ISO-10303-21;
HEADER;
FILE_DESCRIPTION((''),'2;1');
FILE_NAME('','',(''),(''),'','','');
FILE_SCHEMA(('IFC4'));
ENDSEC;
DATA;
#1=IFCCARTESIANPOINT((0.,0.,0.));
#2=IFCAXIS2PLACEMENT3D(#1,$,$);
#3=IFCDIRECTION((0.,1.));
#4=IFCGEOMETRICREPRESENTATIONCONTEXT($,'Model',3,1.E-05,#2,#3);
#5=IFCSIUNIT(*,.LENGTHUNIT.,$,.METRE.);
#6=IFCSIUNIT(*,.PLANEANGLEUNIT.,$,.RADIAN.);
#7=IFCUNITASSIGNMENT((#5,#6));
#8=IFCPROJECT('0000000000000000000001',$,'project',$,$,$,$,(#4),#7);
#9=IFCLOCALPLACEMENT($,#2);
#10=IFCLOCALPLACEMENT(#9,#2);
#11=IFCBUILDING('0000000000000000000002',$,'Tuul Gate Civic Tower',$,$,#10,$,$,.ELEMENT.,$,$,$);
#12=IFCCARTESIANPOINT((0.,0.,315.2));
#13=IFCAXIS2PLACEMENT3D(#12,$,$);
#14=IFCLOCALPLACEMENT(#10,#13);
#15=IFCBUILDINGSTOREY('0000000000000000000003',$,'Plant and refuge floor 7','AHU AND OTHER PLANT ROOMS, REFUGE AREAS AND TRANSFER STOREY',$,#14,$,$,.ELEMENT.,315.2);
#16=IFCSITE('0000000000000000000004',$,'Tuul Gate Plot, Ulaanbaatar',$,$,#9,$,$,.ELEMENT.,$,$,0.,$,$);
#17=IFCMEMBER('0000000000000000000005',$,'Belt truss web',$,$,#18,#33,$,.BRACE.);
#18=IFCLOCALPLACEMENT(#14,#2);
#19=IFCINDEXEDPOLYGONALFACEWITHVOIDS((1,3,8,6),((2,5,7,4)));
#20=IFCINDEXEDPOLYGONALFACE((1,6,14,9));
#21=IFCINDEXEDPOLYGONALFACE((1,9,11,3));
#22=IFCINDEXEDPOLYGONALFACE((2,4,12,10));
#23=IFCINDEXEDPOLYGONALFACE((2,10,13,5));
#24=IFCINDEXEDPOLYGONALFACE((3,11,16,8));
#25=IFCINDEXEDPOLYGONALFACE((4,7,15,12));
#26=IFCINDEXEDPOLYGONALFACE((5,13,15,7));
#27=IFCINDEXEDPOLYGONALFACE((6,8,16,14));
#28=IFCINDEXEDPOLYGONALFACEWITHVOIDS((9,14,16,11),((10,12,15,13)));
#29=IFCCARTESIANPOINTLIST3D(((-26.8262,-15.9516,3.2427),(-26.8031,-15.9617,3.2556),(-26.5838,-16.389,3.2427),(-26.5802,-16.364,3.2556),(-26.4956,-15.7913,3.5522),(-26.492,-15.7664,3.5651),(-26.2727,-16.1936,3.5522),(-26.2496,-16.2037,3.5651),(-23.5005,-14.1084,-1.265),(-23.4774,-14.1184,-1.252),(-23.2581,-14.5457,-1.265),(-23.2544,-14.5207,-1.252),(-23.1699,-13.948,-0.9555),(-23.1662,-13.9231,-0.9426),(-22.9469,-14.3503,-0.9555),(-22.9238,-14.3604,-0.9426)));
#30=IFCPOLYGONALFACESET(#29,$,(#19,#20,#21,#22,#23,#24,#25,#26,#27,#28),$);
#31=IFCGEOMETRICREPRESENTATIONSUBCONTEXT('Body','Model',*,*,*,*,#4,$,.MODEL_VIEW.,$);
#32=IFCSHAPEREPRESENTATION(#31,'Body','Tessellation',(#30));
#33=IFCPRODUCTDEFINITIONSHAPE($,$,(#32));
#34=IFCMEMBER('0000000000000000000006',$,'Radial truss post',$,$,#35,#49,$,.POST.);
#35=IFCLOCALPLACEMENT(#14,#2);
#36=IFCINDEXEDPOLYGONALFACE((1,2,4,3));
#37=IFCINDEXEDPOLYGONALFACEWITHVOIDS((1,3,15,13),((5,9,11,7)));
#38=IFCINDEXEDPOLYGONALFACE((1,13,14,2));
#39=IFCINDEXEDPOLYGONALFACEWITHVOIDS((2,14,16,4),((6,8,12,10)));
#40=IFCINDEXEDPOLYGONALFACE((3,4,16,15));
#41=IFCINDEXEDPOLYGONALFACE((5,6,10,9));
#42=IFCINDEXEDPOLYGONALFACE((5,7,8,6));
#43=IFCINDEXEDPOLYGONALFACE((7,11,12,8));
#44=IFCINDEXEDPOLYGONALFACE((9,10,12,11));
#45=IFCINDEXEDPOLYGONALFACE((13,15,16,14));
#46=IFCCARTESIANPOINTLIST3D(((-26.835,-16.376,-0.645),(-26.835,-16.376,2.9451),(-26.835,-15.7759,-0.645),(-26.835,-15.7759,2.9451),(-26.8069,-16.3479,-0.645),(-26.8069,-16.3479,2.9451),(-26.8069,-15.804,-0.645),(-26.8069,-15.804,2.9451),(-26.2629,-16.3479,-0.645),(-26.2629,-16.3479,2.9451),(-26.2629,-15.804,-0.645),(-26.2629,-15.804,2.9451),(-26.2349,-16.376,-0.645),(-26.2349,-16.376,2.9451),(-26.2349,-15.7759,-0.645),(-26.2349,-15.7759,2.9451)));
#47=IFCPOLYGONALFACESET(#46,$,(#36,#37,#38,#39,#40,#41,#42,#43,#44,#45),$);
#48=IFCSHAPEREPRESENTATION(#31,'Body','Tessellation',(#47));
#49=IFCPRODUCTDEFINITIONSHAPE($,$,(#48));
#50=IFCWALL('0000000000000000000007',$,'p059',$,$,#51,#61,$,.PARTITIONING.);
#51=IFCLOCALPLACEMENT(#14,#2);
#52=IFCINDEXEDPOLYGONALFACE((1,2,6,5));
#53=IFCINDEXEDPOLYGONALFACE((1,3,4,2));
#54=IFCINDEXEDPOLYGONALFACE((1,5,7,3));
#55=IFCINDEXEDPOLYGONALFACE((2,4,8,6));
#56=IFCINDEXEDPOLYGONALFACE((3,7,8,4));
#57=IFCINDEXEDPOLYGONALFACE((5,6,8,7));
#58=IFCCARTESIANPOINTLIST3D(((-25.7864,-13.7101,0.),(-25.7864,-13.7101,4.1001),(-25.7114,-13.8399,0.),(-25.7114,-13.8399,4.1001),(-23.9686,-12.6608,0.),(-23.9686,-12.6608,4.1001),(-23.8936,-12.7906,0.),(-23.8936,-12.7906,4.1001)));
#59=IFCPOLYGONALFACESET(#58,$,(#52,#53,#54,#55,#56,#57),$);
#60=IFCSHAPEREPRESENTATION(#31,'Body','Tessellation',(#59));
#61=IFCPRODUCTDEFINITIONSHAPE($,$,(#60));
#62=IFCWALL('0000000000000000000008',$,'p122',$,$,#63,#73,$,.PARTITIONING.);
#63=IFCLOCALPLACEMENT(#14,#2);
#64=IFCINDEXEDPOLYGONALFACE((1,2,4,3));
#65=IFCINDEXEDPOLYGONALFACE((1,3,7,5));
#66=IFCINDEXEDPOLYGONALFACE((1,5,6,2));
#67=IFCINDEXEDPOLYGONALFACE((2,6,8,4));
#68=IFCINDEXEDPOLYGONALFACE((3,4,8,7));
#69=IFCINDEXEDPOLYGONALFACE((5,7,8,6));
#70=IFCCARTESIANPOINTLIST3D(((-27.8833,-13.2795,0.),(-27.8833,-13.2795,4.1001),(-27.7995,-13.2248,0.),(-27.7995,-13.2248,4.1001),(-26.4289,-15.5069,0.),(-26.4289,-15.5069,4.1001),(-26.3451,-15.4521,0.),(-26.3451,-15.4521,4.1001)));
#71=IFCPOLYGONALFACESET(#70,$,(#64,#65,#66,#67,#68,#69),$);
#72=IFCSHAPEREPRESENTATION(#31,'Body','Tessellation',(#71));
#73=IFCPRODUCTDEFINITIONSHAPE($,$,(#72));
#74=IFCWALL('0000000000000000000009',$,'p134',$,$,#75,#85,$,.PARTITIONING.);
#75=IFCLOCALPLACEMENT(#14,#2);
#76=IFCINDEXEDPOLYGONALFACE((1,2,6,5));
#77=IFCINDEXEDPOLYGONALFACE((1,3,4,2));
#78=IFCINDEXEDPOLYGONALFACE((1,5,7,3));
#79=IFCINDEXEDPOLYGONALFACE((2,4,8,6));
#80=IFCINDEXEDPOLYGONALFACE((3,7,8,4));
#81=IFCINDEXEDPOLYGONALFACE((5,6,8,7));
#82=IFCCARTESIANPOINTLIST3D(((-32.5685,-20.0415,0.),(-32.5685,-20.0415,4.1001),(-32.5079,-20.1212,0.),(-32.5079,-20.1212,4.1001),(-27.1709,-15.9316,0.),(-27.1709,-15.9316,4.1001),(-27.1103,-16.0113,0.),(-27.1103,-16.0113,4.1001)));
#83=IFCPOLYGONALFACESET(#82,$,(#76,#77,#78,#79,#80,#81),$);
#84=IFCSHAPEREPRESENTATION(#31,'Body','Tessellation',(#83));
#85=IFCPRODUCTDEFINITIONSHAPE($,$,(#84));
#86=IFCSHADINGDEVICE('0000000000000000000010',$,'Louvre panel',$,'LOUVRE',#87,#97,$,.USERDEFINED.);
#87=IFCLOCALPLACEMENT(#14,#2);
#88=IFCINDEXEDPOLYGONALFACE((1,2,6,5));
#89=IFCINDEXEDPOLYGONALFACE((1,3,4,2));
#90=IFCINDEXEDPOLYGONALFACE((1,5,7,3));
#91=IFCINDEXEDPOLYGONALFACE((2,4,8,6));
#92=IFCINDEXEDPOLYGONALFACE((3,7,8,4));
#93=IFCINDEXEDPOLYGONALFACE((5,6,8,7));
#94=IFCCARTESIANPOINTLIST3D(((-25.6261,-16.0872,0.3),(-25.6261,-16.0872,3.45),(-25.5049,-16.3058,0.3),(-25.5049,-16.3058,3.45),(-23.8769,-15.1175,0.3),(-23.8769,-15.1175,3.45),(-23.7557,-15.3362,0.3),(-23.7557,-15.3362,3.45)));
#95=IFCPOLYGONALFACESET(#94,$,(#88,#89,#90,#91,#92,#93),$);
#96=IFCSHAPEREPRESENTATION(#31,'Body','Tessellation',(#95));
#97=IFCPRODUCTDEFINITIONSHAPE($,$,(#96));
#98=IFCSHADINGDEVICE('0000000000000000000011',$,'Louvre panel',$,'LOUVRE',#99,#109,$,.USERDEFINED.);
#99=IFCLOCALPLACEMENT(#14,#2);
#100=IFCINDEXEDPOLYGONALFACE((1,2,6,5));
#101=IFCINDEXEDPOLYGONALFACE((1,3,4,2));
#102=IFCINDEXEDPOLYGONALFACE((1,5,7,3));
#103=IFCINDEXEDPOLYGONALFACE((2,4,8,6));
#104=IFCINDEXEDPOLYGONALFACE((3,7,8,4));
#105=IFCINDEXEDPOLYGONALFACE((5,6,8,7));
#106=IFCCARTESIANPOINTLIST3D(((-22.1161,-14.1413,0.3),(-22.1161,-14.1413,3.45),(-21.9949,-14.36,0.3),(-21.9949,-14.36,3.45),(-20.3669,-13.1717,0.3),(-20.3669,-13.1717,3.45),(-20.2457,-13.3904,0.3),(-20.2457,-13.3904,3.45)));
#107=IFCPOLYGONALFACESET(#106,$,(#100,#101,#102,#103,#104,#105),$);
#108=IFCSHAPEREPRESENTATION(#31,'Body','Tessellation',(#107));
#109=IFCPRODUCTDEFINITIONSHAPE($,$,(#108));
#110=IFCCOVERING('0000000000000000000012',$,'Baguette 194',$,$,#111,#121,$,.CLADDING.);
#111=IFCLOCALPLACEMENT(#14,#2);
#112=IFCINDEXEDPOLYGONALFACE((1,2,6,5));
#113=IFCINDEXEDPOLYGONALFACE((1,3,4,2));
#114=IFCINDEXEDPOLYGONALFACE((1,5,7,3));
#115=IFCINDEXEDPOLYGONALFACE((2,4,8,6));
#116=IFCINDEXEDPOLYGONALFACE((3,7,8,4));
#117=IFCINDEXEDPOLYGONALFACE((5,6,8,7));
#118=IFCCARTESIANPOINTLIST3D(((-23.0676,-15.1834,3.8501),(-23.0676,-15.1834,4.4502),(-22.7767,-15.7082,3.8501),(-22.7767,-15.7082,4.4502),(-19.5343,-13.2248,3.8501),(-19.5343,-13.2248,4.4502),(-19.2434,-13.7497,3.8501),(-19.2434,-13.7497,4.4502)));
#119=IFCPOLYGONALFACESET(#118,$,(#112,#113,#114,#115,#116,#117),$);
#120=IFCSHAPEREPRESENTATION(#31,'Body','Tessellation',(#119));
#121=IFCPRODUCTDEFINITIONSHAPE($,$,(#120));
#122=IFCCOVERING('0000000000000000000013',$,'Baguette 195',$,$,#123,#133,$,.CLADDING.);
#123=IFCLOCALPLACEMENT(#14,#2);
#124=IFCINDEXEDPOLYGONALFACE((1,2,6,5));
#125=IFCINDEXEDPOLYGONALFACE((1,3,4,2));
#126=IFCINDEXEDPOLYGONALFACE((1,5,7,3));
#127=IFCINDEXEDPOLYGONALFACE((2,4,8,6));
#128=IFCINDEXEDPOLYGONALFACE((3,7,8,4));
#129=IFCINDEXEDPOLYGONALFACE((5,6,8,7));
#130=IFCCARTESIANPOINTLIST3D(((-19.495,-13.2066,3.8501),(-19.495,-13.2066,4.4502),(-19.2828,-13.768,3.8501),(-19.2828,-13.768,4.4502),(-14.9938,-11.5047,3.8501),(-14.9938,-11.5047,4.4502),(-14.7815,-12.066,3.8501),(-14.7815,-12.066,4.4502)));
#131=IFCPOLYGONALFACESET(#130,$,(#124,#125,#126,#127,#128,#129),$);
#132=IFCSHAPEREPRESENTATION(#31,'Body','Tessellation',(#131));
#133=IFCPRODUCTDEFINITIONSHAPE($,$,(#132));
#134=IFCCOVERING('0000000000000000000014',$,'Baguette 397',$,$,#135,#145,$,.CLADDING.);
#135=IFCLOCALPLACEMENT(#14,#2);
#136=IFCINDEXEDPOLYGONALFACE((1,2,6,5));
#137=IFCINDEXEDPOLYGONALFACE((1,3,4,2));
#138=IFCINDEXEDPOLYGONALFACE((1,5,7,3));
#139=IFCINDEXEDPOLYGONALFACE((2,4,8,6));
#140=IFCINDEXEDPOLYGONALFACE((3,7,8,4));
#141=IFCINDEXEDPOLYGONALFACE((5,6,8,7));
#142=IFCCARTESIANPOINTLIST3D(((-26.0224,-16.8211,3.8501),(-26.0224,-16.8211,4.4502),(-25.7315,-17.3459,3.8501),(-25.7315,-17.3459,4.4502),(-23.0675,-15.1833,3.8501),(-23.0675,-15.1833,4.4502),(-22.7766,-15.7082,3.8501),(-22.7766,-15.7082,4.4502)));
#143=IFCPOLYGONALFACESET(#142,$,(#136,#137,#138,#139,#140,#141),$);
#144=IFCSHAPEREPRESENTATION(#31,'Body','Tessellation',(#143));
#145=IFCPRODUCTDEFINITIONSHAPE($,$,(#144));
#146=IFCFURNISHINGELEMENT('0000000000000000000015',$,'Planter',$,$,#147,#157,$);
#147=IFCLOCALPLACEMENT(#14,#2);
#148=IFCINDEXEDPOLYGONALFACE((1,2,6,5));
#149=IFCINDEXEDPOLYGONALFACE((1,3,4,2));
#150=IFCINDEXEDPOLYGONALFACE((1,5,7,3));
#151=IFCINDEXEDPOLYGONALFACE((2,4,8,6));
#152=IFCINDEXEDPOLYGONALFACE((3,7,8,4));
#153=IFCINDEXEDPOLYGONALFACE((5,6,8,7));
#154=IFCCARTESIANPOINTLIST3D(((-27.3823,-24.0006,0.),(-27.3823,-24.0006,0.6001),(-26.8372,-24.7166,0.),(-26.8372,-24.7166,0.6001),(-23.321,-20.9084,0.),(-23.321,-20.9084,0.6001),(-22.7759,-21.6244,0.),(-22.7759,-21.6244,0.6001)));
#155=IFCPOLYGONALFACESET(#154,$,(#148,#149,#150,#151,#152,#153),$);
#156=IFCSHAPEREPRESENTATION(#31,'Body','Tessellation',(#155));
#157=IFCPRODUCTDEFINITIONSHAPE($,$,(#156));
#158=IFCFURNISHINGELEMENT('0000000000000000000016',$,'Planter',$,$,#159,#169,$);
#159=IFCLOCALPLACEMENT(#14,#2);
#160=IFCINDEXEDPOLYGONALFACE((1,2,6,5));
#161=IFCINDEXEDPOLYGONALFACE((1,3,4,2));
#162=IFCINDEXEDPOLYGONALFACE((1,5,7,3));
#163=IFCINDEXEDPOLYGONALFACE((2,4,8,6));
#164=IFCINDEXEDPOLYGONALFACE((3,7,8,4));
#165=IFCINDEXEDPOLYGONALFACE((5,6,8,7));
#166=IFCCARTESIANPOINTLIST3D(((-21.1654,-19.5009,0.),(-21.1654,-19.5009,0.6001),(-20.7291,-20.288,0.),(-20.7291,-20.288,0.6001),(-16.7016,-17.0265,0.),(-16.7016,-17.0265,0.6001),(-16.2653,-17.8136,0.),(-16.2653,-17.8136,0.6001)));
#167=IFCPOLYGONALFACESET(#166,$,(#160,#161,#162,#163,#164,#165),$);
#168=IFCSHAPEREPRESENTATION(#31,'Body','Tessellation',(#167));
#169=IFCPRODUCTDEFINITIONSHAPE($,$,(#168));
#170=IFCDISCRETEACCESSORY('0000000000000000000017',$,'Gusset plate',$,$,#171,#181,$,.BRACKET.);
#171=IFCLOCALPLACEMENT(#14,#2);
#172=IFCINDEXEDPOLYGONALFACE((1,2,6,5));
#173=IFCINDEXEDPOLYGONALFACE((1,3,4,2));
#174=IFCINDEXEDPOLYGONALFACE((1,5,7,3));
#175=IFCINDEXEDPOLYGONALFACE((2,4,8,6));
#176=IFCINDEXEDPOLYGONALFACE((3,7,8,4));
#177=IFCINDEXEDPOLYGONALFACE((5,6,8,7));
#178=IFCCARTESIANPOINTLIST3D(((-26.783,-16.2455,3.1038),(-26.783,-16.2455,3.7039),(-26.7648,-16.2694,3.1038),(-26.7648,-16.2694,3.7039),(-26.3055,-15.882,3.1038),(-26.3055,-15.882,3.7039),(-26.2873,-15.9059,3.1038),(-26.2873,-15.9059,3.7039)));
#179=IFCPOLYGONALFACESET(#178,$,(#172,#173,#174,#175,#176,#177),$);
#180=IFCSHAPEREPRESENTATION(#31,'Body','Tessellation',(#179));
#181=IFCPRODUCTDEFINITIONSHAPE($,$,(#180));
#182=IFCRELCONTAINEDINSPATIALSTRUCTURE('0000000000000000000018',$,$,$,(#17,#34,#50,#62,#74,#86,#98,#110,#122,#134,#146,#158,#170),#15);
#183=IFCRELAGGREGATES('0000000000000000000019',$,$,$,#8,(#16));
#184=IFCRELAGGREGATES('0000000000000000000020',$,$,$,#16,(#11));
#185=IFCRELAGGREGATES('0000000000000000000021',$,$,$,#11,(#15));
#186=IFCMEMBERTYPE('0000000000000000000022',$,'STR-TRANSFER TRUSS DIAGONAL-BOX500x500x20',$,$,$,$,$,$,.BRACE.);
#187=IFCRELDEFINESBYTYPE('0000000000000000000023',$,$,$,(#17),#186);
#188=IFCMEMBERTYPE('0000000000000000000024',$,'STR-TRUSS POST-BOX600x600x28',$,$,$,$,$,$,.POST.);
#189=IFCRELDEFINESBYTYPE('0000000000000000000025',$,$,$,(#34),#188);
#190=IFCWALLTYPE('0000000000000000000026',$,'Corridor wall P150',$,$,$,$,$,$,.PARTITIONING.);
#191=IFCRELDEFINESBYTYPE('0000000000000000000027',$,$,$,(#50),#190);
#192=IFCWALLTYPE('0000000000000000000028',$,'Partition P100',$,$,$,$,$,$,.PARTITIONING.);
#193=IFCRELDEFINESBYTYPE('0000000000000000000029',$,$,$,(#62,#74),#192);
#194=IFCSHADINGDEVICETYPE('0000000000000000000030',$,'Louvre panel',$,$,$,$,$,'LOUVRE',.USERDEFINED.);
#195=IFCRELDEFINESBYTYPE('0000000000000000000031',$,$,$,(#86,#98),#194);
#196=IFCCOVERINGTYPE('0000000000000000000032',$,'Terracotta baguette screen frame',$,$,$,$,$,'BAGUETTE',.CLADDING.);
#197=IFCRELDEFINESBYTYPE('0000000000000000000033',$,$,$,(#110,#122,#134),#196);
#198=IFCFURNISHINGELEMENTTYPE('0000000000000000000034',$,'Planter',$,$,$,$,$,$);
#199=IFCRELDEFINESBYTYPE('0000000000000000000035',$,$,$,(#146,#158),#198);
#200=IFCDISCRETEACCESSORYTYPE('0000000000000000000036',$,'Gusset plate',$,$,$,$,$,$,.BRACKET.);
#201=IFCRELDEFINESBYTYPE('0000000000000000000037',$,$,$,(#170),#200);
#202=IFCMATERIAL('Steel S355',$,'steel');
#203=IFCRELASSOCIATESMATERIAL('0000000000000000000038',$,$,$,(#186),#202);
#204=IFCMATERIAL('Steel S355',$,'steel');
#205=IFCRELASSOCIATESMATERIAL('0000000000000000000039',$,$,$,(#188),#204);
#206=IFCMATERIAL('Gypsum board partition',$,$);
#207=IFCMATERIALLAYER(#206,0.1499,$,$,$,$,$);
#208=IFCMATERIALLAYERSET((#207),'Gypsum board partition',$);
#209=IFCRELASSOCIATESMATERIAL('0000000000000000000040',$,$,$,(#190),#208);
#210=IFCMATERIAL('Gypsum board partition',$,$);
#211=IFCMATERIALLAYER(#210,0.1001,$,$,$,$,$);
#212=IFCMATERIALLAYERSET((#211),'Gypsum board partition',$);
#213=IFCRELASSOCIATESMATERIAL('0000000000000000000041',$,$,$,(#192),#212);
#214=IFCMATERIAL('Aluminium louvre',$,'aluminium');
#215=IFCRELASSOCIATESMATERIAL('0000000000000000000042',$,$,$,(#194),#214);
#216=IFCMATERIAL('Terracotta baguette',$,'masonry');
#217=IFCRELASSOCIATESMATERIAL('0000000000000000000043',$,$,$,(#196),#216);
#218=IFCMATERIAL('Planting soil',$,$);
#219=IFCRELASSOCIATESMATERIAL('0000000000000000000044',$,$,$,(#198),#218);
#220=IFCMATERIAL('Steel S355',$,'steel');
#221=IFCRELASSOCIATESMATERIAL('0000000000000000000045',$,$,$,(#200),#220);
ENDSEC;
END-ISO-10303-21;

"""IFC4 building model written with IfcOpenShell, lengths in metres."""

from ifc_helpers import new_model, si_unit, direction, frame, frame_2d, origin, origin_2d, place, context, subcontext, project, spatial, rectangle, hollow_rectangle, extrude, material, layer, layer_set, material_profile, profile_set, type_object, element, save


model = new_model("IFC4")

# Units and contexts
model_context = context("Model", 3, precision=1e-05, world=origin(), true_north=direction((0.0, 1.0)))
body_context = subcontext(model_context, "Body", "Model", "MODEL_VIEW")
ifc_project = project(units=[si_unit("LENGTHUNIT", "METRE"), si_unit("PLANEANGLEUNIT", "RADIAN")], contexts=[model_context])

# Site, building, storey
site_placement = place(None, origin())
site = spatial("IfcSite", under=ifc_project, at=site_placement, Name="Tuul Gate Plot, Ulaanbaatar", CompositionType="ELEMENT", RefElevation=0.0)
building_placement = place(site_placement, origin())
building = spatial("IfcBuilding", under=site, at=building_placement, Name="Tuul Gate Civic Tower", CompositionType="ELEMENT")
storey_placement = place(building_placement, frame((0.0, 0.0, 315.2)))
storey = spatial("IfcBuildingStorey", under=building, at=storey_placement, Name="Plant and refuge floor 7", Description="AHU AND OTHER PLANT ROOMS, REFUGE AREAS AND TRANSFER STOREY", CompositionType="ELEMENT", Elevation=315.2)

# Members
ifc_material_1 = material(Name="Steel S355", Category="steel")
ifc_material_profile_1 = material_profile(ifc_material_1, hollow_rectangle(XDim=0.5, YDim=0.5, WallThickness=0.02, at=origin_2d()), Name="BOX500x500x20")
ifc_profile_set_1 = profile_set([ifc_material_profile_1], Name="Steel S355")
member_type_1 = type_object("IfcMemberType", Name="STR-TRANSFER TRUSS DIAGONAL-BOX500x500x20", PredefinedType="BRACE", material=ifc_profile_set_1)
member_1_placement = place(storey_placement, frame((-23.2122, -14.2344, -1.1038), z_axis=(-0.563951, -0.31257, 0.764368), x_axis=(0.48477, -0.874641, 0.0)))
element("IfcMember", 1, at=member_1_placement, inside=storey, type_object=member_type_1, Name="Belt truss web", PredefinedType="BRACE", context=body_context, shape_type="SweptSolid", body=[
    extrude(hollow_rectangle(XDim=0.5, YDim=0.5, WallThickness=0.02, at=origin_2d()), origin(), (0.0, 0.0, 1.0), 5.8972),
])
ifc_material_2 = material(Name="Steel S355", Category="steel")
ifc_material_profile_2 = material_profile(ifc_material_2, hollow_rectangle(XDim=0.6001, YDim=0.6001, WallThickness=0.0281, at=origin_2d()), Name="BOX600x600x28")
ifc_profile_set_2 = profile_set([ifc_material_profile_2], Name="Steel S355")
member_type_2 = type_object("IfcMemberType", Name="STR-TRUSS POST-BOX600x600x28", PredefinedType="POST", material=ifc_profile_set_2)
member_2_placement = place(storey_placement, frame((-26.5349, -16.0759, -0.645), z_axis=(0.0, 0.0, 1.0), x_axis=(1.0, 0.0, 0.0)))
element("IfcMember", 2, at=member_2_placement, inside=storey, type_object=member_type_2, Name="Radial truss post", PredefinedType="POST", context=body_context, shape_type="SweptSolid", body=[
    extrude(hollow_rectangle(XDim=0.6001, YDim=0.6001, WallThickness=0.0281, at=origin_2d()), origin(), (0.0, 0.0, 1.0), 3.5901),
])

# Wall
ifc_material_3 = material(Name="Gypsum board partition")
ifc_layer_1 = layer(ifc_material_3, 0.1499)
ifc_layer_set_1 = layer_set([ifc_layer_1], Name="Gypsum board partition")
wall_type_1 = type_object("IfcWallType", Name="Corridor wall P150", PredefinedType="PARTITIONING", material=ifc_layer_set_1)
wall_1_placement = place(storey_placement, frame((-25.7488, -13.7749, 0.0), z_axis=(0.0, 0.0, 1.0), x_axis=(0.866073, 0.499917, 0.0)))
element("IfcWall", 3, at=wall_1_placement, inside=storey, type_object=wall_type_1, Name="p059", PredefinedType="PARTITIONING", context=body_context, shape_type="SweptSolid", body=[
    extrude(rectangle(XDim=2.0989, YDim=0.1499, at=frame_2d((1.0493, 0.0))), origin(), (0.0, 0.0, 1.0), 4.1001),
])

# Walls
ifc_material_4 = material(Name="Gypsum board partition")
ifc_layer_2 = layer(ifc_material_4, 0.1001)
ifc_layer_set_2 = layer_set([ifc_layer_2], Name="Gypsum board partition")
wall_type_2 = type_object("IfcWallType", Name="Partition P100", PredefinedType="PARTITIONING", material=ifc_layer_set_2)
wall_2_placement = place(storey_placement, frame((-26.387, -15.4795, 0.0), z_axis=(0.0, 0.0, 1.0), x_axis=(-0.546732, 0.837307, 0.0)))
element("IfcWall", 4, at=wall_2_placement, inside=storey, type_object=wall_type_2, Name="p122", PredefinedType="PARTITIONING", context=body_context, shape_type="SweptSolid", body=[
    extrude(rectangle(XDim=2.6602, YDim=0.1001, at=frame_2d((1.3301, 0.0))), origin(), (0.0, 0.0, 1.0), 4.1001),
])
wall_3_placement = place(storey_placement, frame((-27.1406, -15.9714, 0.0), z_axis=(0.0, 0.0, 1.0), x_axis=(-0.795608, -0.605811, 0.0)))
element("IfcWall", 5, at=wall_3_placement, inside=storey, type_object=wall_type_2, Name="p134", PredefinedType="PARTITIONING", context=body_context, shape_type="SweptSolid", body=[
    extrude(rectangle(XDim=6.7842, YDim=0.1001, at=frame_2d((3.3921, 0.0))), origin(), (0.0, 0.0, 1.0), 4.1001),
])

# Shading devices
ifc_material_5 = material(Name="Aluminium louvre", Category="aluminium")
shading_device_type = type_object("IfcShadingDeviceType", Name="Louvre panel", ElementType="LOUVRE", PredefinedType="USERDEFINED", material=ifc_material_5)
for number, where, z_axis, x_axis, name in (
    (6, (-24.6909, -15.7117, 0.3), (0.0, 0.0, 1.0), (0.484808, -0.874621, 0.0), "Louvre panel"),
    (7, (-21.1809, -13.7659, 0.3), (0.0, 0.0, 1.0), (0.484808, -0.874621, 0.0), "Louvre panel"),
):
    element("IfcShadingDevice", number, at=place(storey_placement, frame(where, z_axis=z_axis, x_axis=x_axis)), inside=storey, type_object=shading_device_type, Name=name, ObjectType="LOUVRE", PredefinedType="USERDEFINED", context=body_context, shape_type="SweptSolid", body=[
        extrude(rectangle(XDim=0.25, YDim=2.0, at=origin_2d()), origin(), (0.0, 0.0, 1.0), 3.1499),
    ])

# Coverings
ifc_material_6 = material(Name="Terracotta baguette", Category="masonry")
ifc_material_profile_3 = material_profile(ifc_material_6, rectangle(XDim=0.6001, YDim=0.6001, at=origin_2d()), Name="Terracotta baguette screen frame")
ifc_profile_set_3 = profile_set([ifc_material_profile_3], Name="Terracotta baguette")
covering_type = type_object("IfcCoveringType", Name="Terracotta baguette screen frame", ElementType="BAGUETTE", PredefinedType="CLADDING", material=ifc_profile_set_3)
covering_1_placement = place(storey_placement, frame((-22.9221, -15.4458, 4.1501), z_axis=(0.874619, 0.484811, 0.0), x_axis=(-0.484811, 0.874619, 0.0)))
element("IfcCovering", 8, at=covering_1_placement, inside=storey, type_object=covering_type, Name="Baguette 194", PredefinedType="CLADDING", context=body_context, shape_type="SweptSolid", body=[
    extrude(rectangle(XDim=0.6001, YDim=0.6001, at=origin_2d()), origin(), (0.0, 0.0, 1.0), 4.0398),
])
covering_2_placement = place(storey_placement, frame((-19.3889, -13.4873, 4.1501), z_axis=(0.935373, 0.353663, 0.0), x_axis=(-0.353663, 0.935373, 0.0)))
element("IfcCovering", 9, at=covering_2_placement, inside=storey, type_object=covering_type, Name="Baguette 195", PredefinedType="CLADDING", context=body_context, shape_type="SweptSolid", body=[
    extrude(rectangle(XDim=0.6001, YDim=0.6001, at=origin_2d()), origin(), (0.0, 0.0, 1.0), 4.8123),
])
covering_3_placement = place(storey_placement, frame((-25.877, -17.0835, 4.1501), z_axis=(0.874644, 0.484765, 0.0), x_axis=(-0.484765, 0.874644, 0.0)))
element("IfcCovering", 10, at=covering_3_placement, inside=storey, type_object=covering_type, Name="Baguette 397", PredefinedType="CLADDING", context=body_context, shape_type="SweptSolid", body=[
    extrude(rectangle(XDim=0.6001, YDim=0.6001, at=origin_2d()), origin(), (0.0, 0.0, 1.0), 3.3784),
])

# Furnishing elements
ifc_material_7 = material(Name="Planting soil")
furnishing_element_type = type_object("IfcFurnishingElementType", Name="Planter", material=ifc_material_7)
furnishing_1_placement = place(storey_placement, frame((-25.0791, -22.8125, 0.0), z_axis=(0.0, 0.0, 1.0), x_axis=(0.795646, 0.605762, 0.0)))
element("IfcFurnishingElement", 11, at=furnishing_1_placement, inside=storey, type_object=furnishing_element_type, Name="Planter", context=body_context, shape_type="SweptSolid", body=[
    extrude(rectangle(XDim=5.1045, YDim=0.8999, at=origin_2d()), origin(), (0.0, 0.0, 1.0), 0.6001),
])
furnishing_2_placement = place(storey_placement, frame((-18.7153, -18.6572, 0.0), z_axis=(0.0, 0.0, 1.0), x_axis=(0.874616, 0.484817, 0.0)))
element("IfcFurnishingElement", 12, at=furnishing_2_placement, inside=storey, type_object=furnishing_element_type, Name="Planter", context=body_context, shape_type="SweptSolid", body=[
    extrude(rectangle(XDim=5.1038, YDim=0.8999, at=origin_2d()), origin(), (0.0, 0.0, 1.0), 0.6001),
])

# Discrete accessory
ifc_material_8 = material(Name="Steel S355", Category="steel")
discrete_accessory_type_1 = type_object("IfcDiscreteAccessoryType", Name="Gusset plate", PredefinedType="BRACKET", material=ifc_material_8)
discrete_accessory_1_placement = place(storey_placement, frame((-26.5352, -16.0757, 3.1038), z_axis=(0.0, 0.0, 1.0), x_axis=(-0.795616, -0.605801, 0.0)))
element("IfcDiscreteAccessory", 13, at=discrete_accessory_1_placement, inside=storey, type_object=discrete_accessory_type_1, Name="Gusset plate", PredefinedType="BRACKET", context=body_context, shape_type="SweptSolid", body=[
    extrude(rectangle(XDim=0.6001, YDim=0.03, at=origin_2d()), origin(), (0.0, 0.0, 1.0), 0.6001),
])

save(model, "model.ifc")
